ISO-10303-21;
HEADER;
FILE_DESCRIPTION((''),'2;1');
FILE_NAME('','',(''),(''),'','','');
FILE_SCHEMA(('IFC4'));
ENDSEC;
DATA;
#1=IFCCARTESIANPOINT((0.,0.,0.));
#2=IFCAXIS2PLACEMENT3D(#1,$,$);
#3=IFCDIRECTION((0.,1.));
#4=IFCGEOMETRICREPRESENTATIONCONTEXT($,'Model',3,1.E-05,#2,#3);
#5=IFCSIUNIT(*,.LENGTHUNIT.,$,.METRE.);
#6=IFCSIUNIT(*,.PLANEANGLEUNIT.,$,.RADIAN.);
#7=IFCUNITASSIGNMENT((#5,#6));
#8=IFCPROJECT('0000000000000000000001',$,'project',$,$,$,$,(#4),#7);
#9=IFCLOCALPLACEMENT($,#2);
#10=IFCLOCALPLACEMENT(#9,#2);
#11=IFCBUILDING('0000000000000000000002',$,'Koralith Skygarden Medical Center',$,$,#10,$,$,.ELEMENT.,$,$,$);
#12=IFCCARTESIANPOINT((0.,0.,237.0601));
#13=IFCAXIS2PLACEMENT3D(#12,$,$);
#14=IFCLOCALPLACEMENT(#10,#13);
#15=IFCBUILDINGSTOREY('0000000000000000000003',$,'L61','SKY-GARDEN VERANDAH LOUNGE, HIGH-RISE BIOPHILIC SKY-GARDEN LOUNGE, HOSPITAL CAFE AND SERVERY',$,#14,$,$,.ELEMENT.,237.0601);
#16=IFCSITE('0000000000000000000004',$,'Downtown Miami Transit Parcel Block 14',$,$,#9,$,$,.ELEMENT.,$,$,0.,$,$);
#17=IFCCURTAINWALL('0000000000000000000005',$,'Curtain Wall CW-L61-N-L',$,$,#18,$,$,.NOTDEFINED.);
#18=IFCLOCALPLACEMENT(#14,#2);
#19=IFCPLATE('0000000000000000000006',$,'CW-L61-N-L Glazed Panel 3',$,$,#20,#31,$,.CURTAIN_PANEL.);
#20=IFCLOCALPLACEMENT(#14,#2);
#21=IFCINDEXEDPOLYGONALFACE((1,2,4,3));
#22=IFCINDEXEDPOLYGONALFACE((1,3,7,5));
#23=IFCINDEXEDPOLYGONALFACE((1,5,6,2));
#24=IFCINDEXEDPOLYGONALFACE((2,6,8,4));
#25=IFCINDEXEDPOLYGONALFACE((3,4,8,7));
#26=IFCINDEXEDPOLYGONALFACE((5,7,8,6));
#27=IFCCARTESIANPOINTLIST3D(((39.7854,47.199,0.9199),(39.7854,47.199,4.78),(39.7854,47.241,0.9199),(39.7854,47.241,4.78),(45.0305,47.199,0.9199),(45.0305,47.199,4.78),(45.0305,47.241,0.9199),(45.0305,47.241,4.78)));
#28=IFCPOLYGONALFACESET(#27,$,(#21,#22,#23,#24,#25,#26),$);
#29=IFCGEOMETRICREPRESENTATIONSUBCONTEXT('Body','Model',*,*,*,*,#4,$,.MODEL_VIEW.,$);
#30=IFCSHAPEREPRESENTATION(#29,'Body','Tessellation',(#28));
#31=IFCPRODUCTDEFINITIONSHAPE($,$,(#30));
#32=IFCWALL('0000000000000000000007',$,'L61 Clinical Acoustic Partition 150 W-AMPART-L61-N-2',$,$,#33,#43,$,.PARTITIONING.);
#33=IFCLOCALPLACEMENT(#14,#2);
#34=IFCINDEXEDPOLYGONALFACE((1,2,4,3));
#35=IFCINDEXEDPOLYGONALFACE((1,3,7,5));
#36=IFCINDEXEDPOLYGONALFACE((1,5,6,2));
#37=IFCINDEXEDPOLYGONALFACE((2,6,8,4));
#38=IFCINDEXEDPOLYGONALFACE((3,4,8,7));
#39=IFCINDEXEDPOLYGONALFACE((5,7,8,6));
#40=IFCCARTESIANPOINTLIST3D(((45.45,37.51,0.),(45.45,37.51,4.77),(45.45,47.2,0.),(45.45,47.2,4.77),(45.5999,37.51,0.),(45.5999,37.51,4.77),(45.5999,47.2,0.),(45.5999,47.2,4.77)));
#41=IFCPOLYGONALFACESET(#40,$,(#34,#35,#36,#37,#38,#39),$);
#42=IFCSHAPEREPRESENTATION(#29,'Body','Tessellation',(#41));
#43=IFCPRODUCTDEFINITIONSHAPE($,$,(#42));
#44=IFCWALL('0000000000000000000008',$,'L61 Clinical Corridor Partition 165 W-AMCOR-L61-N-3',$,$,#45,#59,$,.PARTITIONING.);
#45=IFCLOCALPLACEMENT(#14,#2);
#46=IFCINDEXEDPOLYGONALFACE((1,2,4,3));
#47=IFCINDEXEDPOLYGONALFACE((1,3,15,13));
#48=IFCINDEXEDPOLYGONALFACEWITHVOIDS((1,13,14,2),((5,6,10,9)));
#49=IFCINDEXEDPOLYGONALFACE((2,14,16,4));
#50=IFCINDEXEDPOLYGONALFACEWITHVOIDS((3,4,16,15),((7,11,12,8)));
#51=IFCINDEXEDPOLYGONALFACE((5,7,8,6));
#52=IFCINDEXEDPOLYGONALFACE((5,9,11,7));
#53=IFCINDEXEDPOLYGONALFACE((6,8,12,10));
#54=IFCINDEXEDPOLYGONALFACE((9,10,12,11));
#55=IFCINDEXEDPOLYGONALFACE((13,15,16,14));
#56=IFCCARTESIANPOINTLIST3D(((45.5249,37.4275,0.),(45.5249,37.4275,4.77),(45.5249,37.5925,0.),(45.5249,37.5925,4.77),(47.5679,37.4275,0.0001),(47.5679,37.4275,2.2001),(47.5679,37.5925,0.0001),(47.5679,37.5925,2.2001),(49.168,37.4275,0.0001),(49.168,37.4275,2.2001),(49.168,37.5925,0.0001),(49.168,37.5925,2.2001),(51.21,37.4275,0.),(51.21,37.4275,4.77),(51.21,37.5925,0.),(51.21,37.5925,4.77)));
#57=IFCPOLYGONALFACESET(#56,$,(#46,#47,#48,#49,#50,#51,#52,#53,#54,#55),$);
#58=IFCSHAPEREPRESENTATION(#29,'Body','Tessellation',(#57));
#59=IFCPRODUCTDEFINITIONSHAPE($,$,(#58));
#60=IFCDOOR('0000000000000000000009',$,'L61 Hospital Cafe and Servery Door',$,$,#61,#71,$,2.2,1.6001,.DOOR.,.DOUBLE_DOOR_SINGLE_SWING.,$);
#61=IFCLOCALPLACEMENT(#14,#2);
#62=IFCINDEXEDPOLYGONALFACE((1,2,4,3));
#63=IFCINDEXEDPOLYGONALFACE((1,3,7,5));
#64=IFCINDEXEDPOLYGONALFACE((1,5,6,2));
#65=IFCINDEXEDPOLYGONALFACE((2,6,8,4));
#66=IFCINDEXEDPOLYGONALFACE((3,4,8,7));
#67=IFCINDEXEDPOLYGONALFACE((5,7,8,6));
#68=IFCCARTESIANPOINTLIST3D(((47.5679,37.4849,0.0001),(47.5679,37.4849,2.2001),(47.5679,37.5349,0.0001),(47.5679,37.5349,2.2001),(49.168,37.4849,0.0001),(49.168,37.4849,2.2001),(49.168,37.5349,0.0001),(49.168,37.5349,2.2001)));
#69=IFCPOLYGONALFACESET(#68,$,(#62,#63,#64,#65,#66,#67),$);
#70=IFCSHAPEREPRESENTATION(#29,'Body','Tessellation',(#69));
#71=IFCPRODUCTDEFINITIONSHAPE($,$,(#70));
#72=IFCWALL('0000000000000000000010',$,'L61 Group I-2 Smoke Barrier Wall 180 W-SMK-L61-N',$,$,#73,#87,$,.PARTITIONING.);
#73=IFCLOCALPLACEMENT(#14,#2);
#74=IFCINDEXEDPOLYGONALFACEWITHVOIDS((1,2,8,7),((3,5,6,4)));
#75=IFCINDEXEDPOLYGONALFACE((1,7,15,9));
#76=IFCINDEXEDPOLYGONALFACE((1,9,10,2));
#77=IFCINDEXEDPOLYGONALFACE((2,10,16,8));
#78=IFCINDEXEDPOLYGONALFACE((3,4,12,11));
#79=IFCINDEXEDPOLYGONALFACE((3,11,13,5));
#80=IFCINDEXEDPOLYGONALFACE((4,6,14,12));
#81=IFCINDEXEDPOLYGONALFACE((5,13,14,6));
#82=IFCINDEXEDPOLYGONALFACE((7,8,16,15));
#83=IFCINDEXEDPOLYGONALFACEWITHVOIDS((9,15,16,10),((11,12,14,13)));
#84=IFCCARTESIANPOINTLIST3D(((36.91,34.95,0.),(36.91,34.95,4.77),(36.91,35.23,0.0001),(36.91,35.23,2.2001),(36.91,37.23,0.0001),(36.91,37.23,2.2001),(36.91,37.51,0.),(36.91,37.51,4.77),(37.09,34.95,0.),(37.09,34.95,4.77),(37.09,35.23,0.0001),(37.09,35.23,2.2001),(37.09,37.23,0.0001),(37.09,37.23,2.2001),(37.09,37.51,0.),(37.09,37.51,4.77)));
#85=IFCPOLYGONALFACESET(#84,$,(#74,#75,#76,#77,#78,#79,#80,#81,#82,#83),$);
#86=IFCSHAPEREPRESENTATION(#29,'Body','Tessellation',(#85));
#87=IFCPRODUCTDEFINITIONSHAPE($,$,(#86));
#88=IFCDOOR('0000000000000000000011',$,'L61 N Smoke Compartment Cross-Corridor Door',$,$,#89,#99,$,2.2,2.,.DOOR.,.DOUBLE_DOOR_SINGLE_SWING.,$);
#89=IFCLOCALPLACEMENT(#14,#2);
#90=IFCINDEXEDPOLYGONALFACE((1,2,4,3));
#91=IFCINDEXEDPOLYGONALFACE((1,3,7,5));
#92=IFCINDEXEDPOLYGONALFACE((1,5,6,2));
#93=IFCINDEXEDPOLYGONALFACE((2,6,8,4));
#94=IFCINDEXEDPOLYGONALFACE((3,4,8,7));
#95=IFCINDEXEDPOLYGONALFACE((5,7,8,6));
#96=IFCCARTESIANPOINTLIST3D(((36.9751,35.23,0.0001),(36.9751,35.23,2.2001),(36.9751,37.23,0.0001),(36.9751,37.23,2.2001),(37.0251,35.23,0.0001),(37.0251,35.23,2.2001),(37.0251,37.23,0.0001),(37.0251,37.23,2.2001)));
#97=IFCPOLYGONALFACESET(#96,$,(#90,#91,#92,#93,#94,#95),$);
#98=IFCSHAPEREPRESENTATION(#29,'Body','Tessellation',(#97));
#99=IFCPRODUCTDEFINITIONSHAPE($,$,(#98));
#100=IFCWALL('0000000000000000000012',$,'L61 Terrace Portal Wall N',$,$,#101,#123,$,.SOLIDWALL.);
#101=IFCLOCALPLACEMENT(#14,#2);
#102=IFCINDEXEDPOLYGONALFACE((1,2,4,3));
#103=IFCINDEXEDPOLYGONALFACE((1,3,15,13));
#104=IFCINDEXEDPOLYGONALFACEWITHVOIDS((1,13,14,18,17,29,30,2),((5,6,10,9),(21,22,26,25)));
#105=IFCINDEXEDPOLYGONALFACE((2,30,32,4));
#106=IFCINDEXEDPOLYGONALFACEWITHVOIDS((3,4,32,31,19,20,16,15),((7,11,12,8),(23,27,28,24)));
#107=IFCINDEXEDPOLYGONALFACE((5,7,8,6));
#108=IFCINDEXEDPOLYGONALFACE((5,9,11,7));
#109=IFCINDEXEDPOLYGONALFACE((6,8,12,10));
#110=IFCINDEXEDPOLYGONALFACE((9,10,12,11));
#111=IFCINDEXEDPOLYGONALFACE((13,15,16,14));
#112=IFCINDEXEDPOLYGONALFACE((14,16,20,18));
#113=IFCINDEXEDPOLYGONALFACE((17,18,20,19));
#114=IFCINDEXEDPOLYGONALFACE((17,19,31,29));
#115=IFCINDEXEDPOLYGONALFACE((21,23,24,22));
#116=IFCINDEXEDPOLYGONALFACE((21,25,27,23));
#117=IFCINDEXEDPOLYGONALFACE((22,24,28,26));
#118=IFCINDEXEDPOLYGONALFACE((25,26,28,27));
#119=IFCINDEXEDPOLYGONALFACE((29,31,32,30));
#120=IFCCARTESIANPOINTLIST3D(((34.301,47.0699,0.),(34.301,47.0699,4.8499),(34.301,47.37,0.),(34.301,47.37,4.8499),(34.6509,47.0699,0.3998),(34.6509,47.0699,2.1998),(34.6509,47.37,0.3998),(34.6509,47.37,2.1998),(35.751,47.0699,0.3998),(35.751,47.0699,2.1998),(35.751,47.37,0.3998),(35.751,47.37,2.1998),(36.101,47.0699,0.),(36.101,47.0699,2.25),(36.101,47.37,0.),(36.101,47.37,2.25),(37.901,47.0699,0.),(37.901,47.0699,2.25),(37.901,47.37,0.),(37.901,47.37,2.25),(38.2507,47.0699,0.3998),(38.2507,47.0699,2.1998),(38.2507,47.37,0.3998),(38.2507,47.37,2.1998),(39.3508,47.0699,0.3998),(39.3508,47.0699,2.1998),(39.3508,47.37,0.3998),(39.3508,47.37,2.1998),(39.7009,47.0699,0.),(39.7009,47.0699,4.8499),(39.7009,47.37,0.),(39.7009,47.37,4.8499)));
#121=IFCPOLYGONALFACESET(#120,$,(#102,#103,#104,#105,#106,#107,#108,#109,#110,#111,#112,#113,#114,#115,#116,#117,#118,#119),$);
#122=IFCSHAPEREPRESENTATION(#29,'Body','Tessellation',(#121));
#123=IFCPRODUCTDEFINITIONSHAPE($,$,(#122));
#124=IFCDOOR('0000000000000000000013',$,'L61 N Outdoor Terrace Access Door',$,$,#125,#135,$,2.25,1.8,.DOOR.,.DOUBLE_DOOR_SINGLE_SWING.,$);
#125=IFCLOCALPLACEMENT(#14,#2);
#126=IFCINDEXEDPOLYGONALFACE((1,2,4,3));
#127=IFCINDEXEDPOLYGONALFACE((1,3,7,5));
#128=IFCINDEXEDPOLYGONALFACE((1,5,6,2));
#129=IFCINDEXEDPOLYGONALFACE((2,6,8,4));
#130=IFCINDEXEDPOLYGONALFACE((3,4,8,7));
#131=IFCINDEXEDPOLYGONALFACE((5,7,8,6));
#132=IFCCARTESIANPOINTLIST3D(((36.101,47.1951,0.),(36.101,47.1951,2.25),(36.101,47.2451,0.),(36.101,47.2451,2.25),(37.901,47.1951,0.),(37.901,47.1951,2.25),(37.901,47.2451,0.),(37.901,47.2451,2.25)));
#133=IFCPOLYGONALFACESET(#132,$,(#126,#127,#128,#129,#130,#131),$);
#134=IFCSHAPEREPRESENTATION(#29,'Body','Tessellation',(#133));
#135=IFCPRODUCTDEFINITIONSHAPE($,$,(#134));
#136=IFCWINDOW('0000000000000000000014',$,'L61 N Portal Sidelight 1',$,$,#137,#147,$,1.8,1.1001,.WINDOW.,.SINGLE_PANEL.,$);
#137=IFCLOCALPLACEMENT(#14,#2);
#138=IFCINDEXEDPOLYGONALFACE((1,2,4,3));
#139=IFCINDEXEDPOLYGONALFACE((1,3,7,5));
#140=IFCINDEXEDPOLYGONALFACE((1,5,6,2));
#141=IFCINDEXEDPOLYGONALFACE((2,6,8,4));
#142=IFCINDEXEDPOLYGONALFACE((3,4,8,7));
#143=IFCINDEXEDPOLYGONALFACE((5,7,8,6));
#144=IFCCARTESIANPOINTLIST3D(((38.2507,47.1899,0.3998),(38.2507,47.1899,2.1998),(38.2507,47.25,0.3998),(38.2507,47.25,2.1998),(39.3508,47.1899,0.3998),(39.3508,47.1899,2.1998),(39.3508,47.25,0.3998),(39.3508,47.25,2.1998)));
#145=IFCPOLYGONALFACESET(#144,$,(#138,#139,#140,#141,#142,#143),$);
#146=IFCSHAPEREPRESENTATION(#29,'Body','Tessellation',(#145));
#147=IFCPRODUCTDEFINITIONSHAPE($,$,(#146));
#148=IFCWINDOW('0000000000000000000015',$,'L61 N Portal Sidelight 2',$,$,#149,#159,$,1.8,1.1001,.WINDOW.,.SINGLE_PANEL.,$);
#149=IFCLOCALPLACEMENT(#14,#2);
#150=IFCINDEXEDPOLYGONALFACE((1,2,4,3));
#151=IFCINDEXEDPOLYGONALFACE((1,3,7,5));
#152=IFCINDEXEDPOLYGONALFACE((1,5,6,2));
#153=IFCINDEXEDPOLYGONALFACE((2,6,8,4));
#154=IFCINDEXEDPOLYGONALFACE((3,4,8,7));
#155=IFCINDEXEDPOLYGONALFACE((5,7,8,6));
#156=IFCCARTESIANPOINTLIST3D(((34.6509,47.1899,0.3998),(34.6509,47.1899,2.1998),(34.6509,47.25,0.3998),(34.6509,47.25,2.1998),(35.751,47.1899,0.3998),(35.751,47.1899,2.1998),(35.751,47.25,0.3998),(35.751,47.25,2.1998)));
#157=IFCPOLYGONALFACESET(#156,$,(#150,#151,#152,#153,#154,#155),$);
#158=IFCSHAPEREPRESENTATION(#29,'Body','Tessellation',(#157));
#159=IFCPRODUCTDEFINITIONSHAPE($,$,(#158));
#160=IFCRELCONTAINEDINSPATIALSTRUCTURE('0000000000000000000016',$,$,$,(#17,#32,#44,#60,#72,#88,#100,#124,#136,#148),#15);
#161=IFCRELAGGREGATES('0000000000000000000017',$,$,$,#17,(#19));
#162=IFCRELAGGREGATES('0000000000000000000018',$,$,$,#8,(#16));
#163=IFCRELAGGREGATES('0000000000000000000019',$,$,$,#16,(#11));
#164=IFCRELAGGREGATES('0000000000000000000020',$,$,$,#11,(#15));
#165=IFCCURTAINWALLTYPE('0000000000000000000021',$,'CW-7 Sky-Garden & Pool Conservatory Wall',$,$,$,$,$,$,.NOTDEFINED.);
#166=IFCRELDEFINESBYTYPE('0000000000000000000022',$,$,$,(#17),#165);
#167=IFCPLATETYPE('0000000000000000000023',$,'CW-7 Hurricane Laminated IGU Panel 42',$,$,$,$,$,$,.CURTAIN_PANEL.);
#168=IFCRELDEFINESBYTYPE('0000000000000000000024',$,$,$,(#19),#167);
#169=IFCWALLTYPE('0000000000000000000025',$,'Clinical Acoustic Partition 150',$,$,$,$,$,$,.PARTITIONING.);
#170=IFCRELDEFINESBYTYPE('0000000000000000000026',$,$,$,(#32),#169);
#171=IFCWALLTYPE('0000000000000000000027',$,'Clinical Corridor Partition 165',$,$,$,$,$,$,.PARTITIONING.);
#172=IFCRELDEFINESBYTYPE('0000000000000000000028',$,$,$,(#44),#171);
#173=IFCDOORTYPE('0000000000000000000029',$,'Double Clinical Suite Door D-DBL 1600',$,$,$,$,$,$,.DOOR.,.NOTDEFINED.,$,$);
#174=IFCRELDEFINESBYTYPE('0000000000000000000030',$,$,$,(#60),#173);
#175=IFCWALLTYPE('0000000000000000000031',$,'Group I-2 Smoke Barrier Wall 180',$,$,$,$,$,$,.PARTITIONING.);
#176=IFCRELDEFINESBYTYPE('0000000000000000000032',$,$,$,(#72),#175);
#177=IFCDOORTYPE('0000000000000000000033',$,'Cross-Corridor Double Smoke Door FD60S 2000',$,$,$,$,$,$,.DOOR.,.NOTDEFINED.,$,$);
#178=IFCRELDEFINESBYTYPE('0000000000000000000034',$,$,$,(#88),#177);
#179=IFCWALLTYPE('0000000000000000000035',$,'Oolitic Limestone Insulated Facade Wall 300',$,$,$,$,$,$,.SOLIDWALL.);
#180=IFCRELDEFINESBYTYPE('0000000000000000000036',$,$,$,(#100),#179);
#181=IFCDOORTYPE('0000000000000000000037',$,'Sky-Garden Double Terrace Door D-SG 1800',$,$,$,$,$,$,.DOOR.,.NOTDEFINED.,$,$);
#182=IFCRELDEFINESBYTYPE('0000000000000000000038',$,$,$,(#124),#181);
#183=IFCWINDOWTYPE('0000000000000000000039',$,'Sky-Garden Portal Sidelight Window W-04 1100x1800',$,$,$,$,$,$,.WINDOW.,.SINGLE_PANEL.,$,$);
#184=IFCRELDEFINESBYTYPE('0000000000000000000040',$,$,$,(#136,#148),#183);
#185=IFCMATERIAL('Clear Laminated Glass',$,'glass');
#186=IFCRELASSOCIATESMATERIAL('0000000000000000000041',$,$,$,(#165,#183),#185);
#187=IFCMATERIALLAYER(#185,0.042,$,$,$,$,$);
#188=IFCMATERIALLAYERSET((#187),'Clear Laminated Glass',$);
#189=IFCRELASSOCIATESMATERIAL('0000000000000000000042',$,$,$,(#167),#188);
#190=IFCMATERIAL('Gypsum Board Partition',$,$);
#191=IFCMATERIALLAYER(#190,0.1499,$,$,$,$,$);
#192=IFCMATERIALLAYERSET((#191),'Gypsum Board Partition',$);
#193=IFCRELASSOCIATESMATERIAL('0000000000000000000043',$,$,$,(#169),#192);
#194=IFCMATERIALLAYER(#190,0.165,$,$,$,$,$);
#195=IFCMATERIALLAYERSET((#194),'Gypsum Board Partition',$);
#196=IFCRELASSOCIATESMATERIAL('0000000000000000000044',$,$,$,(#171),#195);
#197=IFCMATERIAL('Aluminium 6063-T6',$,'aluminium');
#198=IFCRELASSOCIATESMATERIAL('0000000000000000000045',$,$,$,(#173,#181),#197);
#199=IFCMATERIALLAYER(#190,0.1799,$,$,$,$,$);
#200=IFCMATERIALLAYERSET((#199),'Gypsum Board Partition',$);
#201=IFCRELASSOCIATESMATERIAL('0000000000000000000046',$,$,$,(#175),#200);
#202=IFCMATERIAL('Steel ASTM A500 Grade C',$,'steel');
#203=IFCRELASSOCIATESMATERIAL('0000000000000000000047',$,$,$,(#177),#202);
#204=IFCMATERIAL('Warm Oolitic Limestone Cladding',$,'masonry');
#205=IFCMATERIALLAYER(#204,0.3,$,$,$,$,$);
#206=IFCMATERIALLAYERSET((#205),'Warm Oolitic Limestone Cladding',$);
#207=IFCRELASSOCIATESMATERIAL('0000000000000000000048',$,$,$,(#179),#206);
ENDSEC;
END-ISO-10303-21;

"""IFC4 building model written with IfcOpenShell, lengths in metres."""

from ifc_helpers import new_model, si_unit, direction, frame, frame_2d, origin, origin_2d, place, context, subcontext, project, spatial, rectangle, extrude, material, layer, layer_set, type_object, element, fill, aggregate, save


model = new_model("IFC4")

# Units and contexts
model_context = context("Model", 3, precision=1e-05, world=origin(), true_north=direction((0.0, 1.0)))
body_context = subcontext(model_context, "Body", "Model", "MODEL_VIEW")
ifc_project = project(units=[si_unit("LENGTHUNIT", "METRE"), si_unit("PLANEANGLEUNIT", "RADIAN")], contexts=[model_context])

# Site, building, storey
site_placement = place(None, origin())
site = spatial("IfcSite", under=ifc_project, at=site_placement, Name="Downtown Miami Transit Parcel Block 14", CompositionType="ELEMENT", RefElevation=0.0)
building_placement = place(site_placement, origin())
building = spatial("IfcBuilding", under=site, at=building_placement, Name="Koralith Skygarden Medical Center", CompositionType="ELEMENT")
storey_placement = place(building_placement, frame((0.0, 0.0, 237.0601)))
storey = spatial("IfcBuildingStorey", under=building, at=storey_placement, Name="L61", Description="SKY-GARDEN VERANDAH LOUNGE, HIGH-RISE BIOPHILIC SKY-GARDEN LOUNGE, HOSPITAL CAFE AND SERVERY", CompositionType="ELEMENT", Elevation=237.0601)

# Curtain wall
ifc_material_1 = material(Name="Clear Laminated Glass", Category="glass")
curtain_wall_type = type_object("IfcCurtainWallType", Name="CW-7 Sky-Garden & Pool Conservatory Wall", PredefinedType="NOTDEFINED", material=ifc_material_1)
curtain_wall_1_placement = place(storey_placement, origin())
curtain_wall_1 = element("IfcCurtainWall", 1, at=curtain_wall_1_placement, inside=storey, type_object=curtain_wall_type, Name="Curtain Wall CW-L61-N-L", PredefinedType="NOTDEFINED")
ifc_material_2 = material(Name="Aluminium 6063-T6", Category="aluminium")

# Plate
ifc_layer_1 = layer(ifc_material_1, 0.042)
ifc_layer_set_1 = layer_set([ifc_layer_1], Name="Clear Laminated Glass")
plate_type = type_object("IfcPlateType", Name="CW-7 Hurricane Laminated IGU Panel 42", PredefinedType="CURTAIN_PANEL", material=ifc_layer_set_1)
plate_1_placement = place(storey_placement, frame((42.408, 47.22, 0.9199), z_axis=(0.0, 0.0, 1.0), x_axis=(-1.0, 0.0, 0.0)))
plate_1 = element("IfcPlate", 2, at=plate_1_placement, type_object=plate_type, Name="CW-L61-N-L Glazed Panel 3", PredefinedType="CURTAIN_PANEL", context=body_context, shape_type="SweptSolid", body=[
    extrude(rectangle(XDim=5.2451, YDim=0.042, at=origin_2d()), origin(), (0.0, 0.0, 1.0), 3.8601),
])
aggregate(curtain_wall_1, [plate_1])

# Wall
ifc_material_3 = material(Name="Gypsum Board Partition")
ifc_layer_2 = layer(ifc_material_3, 0.1499)
ifc_layer_set_2 = layer_set([ifc_layer_2], Name="Gypsum Board Partition")
wall_type_1 = type_object("IfcWallType", Name="Clinical Acoustic Partition 150", PredefinedType="PARTITIONING", material=ifc_layer_set_2)
wall_1_placement = place(storey_placement, frame((45.5249, 37.51, 0.0), z_axis=(0.0, 0.0, 1.0), x_axis=(0.0, 1.0, 0.0)))
element("IfcWall", 3, at=wall_1_placement, inside=storey, type_object=wall_type_1, Name="L61 Clinical Acoustic Partition 150 W-AMPART-L61-N-2", PredefinedType="PARTITIONING", context=body_context, shape_type="SweptSolid", body=[
    extrude(rectangle(XDim=9.6899, YDim=0.1499, at=frame_2d((4.845, 0.0))), origin(), (0.0, 0.0, 1.0), 4.77),
])

# Walls, openings, doors
ifc_layer_3 = layer(ifc_material_3, 0.165)
ifc_layer_set_3 = layer_set([ifc_layer_3], Name="Gypsum Board Partition")
wall_type_2 = type_object("IfcWallType", Name="Clinical Corridor Partition 165", PredefinedType="PARTITIONING", material=ifc_layer_set_3)
wall_2_placement = place(storey_placement, frame((45.5249, 37.51, 0.0), z_axis=(0.0, 0.0, 1.0), x_axis=(1.0, 0.0, 0.0)))
wall_2 = element("IfcWall", 4, at=wall_2_placement, inside=storey, type_object=wall_type_2, Name="L61 Clinical Corridor Partition 165 W-AMCOR-L61-N-3", PredefinedType="PARTITIONING", context=body_context, shape_type="SweptSolid", body=[
    extrude(rectangle(XDim=5.6851, YDim=0.165, at=frame_2d((2.8425, 0.0))), origin(), (0.0, 0.0, 1.0), 4.77),
])
opening_1_placement = place(wall_2_placement, frame((2.043, 0.0, 0.0)))
opening_1 = element("IfcOpeningElement", 5, at=opening_1_placement, cuts=wall_2, PredefinedType="OPENING", context=body_context, shape_type="SweptSolid", body=[
    extrude(rectangle(XDim=1.6001, YDim=2.2, at=frame_2d((0.8, 1.1001))), frame((0.0, 0.0925, 0.0), z_axis=(0.0, -1.0, 0.0), x_axis=(1.0, 0.0, 0.0)), (0.0, 0.0, 1.0), 0.1851),
])
door_type_1 = type_object("IfcDoorType", Name="Double Clinical Suite Door D-DBL 1600", OperationType="NOTDEFINED", PredefinedType="DOOR", material=ifc_material_2)
door_1_placement = place(opening_1_placement, origin())
door_1 = element("IfcDoor", 6, at=door_1_placement, inside=storey, type_object=door_type_1, Name="L61 Hospital Cafe and Servery Door", OperationType="DOUBLE_DOOR_SINGLE_SWING", OverallHeight=2.2, OverallWidth=1.6001, PredefinedType="DOOR", context=body_context, shape_type="SweptSolid", body=[
    extrude(rectangle(XDim=1.6001, YDim=2.2, at=frame_2d((0.8, 1.1001))), frame((0.0, 0.0249, 0.0), z_axis=(0.0, -1.0, 0.0), x_axis=(1.0, 0.0, 0.0)), (0.0, 0.0, 1.0), 0.05),
])
fill(opening_1, door_1)
ifc_layer_4 = layer(ifc_material_3, 0.1799)
ifc_layer_set_4 = layer_set([ifc_layer_4], Name="Gypsum Board Partition")
wall_type_3 = type_object("IfcWallType", Name="Group I-2 Smoke Barrier Wall 180", PredefinedType="PARTITIONING", material=ifc_layer_set_4)
wall_3_placement = place(storey_placement, frame((37.0, 34.95, 0.0), z_axis=(0.0, 0.0, 1.0), x_axis=(0.0, 1.0, 0.0)))
wall_3 = element("IfcWall", 7, at=wall_3_placement, inside=storey, type_object=wall_type_3, Name="L61 Group I-2 Smoke Barrier Wall 180 W-SMK-L61-N", PredefinedType="PARTITIONING", context=body_context, shape_type="SweptSolid", body=[
    extrude(rectangle(XDim=2.5601, YDim=0.1799, at=frame_2d((1.28, 0.0))), origin(), (0.0, 0.0, 1.0), 4.77),
])
opening_2_placement = place(wall_3_placement, frame((0.28, 0.0, 0.0)))
opening_2 = element("IfcOpeningElement", 8, at=opening_2_placement, cuts=wall_3, PredefinedType="OPENING", context=body_context, shape_type="SweptSolid", body=[
    extrude(rectangle(XDim=2.0, YDim=2.2, at=frame_2d((1.0, 1.1001))), frame((0.0, 0.0999, 0.0), z_axis=(0.0, -1.0, 0.0), x_axis=(1.0, 0.0, 0.0)), (0.0, 0.0, 1.0), 0.2),
])
ifc_material_4 = material(Name="Steel ASTM A500 Grade C", Category="steel")
door_type_2 = type_object("IfcDoorType", Name="Cross-Corridor Double Smoke Door FD60S 2000", OperationType="NOTDEFINED", PredefinedType="DOOR", material=ifc_material_4)
door_2_placement = place(opening_2_placement, origin())
door_2 = element("IfcDoor", 9, at=door_2_placement, inside=storey, type_object=door_type_2, Name="L61 N Smoke Compartment Cross-Corridor Door", OperationType="DOUBLE_DOOR_SINGLE_SWING", OverallHeight=2.2, OverallWidth=2.0, PredefinedType="DOOR", context=body_context, shape_type="SweptSolid", body=[
    extrude(rectangle(XDim=2.0, YDim=2.2, at=frame_2d((1.0, 1.1001))), frame((0.0, 0.0249, 0.0), z_axis=(0.0, -1.0, 0.0), x_axis=(1.0, 0.0, 0.0)), (0.0, 0.0, 1.0), 0.05),
])
fill(opening_2, door_2)

# Wall, openings, door, windows
ifc_material_5 = material(Name="Warm Oolitic Limestone Cladding", Category="masonry")
ifc_layer_5 = layer(ifc_material_5, 0.3)
ifc_layer_set_5 = layer_set([ifc_layer_5], Name="Warm Oolitic Limestone Cladding")
wall_type_4 = type_object("IfcWallType", Name="Oolitic Limestone Insulated Facade Wall 300", PredefinedType="SOLIDWALL", material=ifc_layer_set_5)
wall_4_placement = place(storey_placement, frame((39.7009, 47.22, 0.0), z_axis=(0.0, 0.0, 1.0), x_axis=(-1.0, 0.0, 0.0)))
wall_4 = element("IfcWall", 10, at=wall_4_placement, inside=storey, type_object=wall_type_4, Name="L61 Terrace Portal Wall N", PredefinedType="SOLIDWALL", context=body_context, shape_type="SweptSolid", body=[
    extrude(rectangle(XDim=5.3999, YDim=0.3, at=frame_2d((2.7, 0.0))), origin(), (0.0, 0.0, 1.0), 4.8499),
])
opening_3_placement = place(wall_4_placement, frame((1.8, 0.0, 0.0)))
opening_3 = element("IfcOpeningElement", 11, at=opening_3_placement, cuts=wall_4, PredefinedType="OPENING", context=body_context, shape_type="SweptSolid", body=[
    extrude(rectangle(XDim=1.8, YDim=2.25, at=frame_2d((0.8999, 1.125))), frame((0.0, 0.1599, 0.0), z_axis=(0.0, -1.0, 0.0), x_axis=(1.0, 0.0, 0.0)), (0.0, 0.0, 1.0), 0.3201),
])
opening_4_placement = place(wall_4_placement, frame((0.3501, 0.0, 0.3999)))
opening_4 = element("IfcOpeningElement", 12, at=opening_4_placement, cuts=wall_4, PredefinedType="OPENING", context=body_context, shape_type="SweptSolid", body=[
    extrude(rectangle(XDim=1.1001, YDim=1.8, at=frame_2d((0.55, 0.8999))), frame((0.0, 0.1599, 0.0), z_axis=(0.0, -1.0, 0.0), x_axis=(1.0, 0.0, 0.0)), (0.0, 0.0, 1.0), 0.3201),
])
opening_5_placement = place(wall_4_placement, frame((3.95, 0.0, 0.3999)))
opening_5 = element("IfcOpeningElement", 13, at=opening_5_placement, cuts=wall_4, PredefinedType="OPENING", context=body_context, shape_type="SweptSolid", body=[
    extrude(rectangle(XDim=1.1001, YDim=1.8, at=frame_2d((0.55, 0.8999))), frame((0.0, 0.1599, 0.0), z_axis=(0.0, -1.0, 0.0), x_axis=(1.0, 0.0, 0.0)), (0.0, 0.0, 1.0), 0.3201),
])
door_type_3 = type_object("IfcDoorType", Name="Sky-Garden Double Terrace Door D-SG 1800", OperationType="NOTDEFINED", PredefinedType="DOOR", material=ifc_material_2)
door_3_placement = place(opening_3_placement, origin())
door_3 = element("IfcDoor", 14, at=door_3_placement, inside=storey, type_object=door_type_3, Name="L61 N Outdoor Terrace Access Door", OperationType="DOUBLE_DOOR_SINGLE_SWING", OverallHeight=2.25, OverallWidth=1.8, PredefinedType="DOOR", context=body_context, shape_type="SweptSolid", body=[
    extrude(rectangle(XDim=1.8, YDim=2.25, at=frame_2d((0.8999, 1.125))), frame((0.0, 0.0249, 0.0), z_axis=(0.0, -1.0, 0.0), x_axis=(1.0, 0.0, 0.0)), (0.0, 0.0, 1.0), 0.05),
])
fill(opening_3, door_3)
window_type = type_object("IfcWindowType", Name="Sky-Garden Portal Sidelight Window W-04 1100x1800", PartitioningType="SINGLE_PANEL", PredefinedType="WINDOW", material=ifc_material_1)
window_1_placement = place(opening_4_placement, origin())
window_1 = element("IfcWindow", 15, at=window_1_placement, inside=storey, type_object=window_type, Name="L61 N Portal Sidelight 1", OverallHeight=1.8, OverallWidth=1.1001, PartitioningType="SINGLE_PANEL", PredefinedType="WINDOW", context=body_context, shape_type="SweptSolid", body=[
    extrude(rectangle(XDim=1.1001, YDim=1.8, at=frame_2d((0.55, 0.8999))), frame((0.0, 0.03, 0.0), z_axis=(0.0, -1.0, 0.0), x_axis=(1.0, 0.0, 0.0)), (0.0, 0.0, 1.0), 0.0601),
])
fill(opening_4, window_1)
window_2_placement = place(opening_5_placement, origin())
window_2 = element("IfcWindow", 16, at=window_2_placement, inside=storey, type_object=window_type, Name="L61 N Portal Sidelight 2", OverallHeight=1.8, OverallWidth=1.1001, PartitioningType="SINGLE_PANEL", PredefinedType="WINDOW", context=body_context, shape_type="SweptSolid", body=[
    extrude(rectangle(XDim=1.1001, YDim=1.8, at=frame_2d((0.55, 0.8999))), frame((0.0, 0.03, 0.0), z_axis=(0.0, -1.0, 0.0), x_axis=(1.0, 0.0, 0.0)), (0.0, 0.0, 1.0), 0.0601),
])
fill(opening_5, window_2)

save(model, "model.ifc")
